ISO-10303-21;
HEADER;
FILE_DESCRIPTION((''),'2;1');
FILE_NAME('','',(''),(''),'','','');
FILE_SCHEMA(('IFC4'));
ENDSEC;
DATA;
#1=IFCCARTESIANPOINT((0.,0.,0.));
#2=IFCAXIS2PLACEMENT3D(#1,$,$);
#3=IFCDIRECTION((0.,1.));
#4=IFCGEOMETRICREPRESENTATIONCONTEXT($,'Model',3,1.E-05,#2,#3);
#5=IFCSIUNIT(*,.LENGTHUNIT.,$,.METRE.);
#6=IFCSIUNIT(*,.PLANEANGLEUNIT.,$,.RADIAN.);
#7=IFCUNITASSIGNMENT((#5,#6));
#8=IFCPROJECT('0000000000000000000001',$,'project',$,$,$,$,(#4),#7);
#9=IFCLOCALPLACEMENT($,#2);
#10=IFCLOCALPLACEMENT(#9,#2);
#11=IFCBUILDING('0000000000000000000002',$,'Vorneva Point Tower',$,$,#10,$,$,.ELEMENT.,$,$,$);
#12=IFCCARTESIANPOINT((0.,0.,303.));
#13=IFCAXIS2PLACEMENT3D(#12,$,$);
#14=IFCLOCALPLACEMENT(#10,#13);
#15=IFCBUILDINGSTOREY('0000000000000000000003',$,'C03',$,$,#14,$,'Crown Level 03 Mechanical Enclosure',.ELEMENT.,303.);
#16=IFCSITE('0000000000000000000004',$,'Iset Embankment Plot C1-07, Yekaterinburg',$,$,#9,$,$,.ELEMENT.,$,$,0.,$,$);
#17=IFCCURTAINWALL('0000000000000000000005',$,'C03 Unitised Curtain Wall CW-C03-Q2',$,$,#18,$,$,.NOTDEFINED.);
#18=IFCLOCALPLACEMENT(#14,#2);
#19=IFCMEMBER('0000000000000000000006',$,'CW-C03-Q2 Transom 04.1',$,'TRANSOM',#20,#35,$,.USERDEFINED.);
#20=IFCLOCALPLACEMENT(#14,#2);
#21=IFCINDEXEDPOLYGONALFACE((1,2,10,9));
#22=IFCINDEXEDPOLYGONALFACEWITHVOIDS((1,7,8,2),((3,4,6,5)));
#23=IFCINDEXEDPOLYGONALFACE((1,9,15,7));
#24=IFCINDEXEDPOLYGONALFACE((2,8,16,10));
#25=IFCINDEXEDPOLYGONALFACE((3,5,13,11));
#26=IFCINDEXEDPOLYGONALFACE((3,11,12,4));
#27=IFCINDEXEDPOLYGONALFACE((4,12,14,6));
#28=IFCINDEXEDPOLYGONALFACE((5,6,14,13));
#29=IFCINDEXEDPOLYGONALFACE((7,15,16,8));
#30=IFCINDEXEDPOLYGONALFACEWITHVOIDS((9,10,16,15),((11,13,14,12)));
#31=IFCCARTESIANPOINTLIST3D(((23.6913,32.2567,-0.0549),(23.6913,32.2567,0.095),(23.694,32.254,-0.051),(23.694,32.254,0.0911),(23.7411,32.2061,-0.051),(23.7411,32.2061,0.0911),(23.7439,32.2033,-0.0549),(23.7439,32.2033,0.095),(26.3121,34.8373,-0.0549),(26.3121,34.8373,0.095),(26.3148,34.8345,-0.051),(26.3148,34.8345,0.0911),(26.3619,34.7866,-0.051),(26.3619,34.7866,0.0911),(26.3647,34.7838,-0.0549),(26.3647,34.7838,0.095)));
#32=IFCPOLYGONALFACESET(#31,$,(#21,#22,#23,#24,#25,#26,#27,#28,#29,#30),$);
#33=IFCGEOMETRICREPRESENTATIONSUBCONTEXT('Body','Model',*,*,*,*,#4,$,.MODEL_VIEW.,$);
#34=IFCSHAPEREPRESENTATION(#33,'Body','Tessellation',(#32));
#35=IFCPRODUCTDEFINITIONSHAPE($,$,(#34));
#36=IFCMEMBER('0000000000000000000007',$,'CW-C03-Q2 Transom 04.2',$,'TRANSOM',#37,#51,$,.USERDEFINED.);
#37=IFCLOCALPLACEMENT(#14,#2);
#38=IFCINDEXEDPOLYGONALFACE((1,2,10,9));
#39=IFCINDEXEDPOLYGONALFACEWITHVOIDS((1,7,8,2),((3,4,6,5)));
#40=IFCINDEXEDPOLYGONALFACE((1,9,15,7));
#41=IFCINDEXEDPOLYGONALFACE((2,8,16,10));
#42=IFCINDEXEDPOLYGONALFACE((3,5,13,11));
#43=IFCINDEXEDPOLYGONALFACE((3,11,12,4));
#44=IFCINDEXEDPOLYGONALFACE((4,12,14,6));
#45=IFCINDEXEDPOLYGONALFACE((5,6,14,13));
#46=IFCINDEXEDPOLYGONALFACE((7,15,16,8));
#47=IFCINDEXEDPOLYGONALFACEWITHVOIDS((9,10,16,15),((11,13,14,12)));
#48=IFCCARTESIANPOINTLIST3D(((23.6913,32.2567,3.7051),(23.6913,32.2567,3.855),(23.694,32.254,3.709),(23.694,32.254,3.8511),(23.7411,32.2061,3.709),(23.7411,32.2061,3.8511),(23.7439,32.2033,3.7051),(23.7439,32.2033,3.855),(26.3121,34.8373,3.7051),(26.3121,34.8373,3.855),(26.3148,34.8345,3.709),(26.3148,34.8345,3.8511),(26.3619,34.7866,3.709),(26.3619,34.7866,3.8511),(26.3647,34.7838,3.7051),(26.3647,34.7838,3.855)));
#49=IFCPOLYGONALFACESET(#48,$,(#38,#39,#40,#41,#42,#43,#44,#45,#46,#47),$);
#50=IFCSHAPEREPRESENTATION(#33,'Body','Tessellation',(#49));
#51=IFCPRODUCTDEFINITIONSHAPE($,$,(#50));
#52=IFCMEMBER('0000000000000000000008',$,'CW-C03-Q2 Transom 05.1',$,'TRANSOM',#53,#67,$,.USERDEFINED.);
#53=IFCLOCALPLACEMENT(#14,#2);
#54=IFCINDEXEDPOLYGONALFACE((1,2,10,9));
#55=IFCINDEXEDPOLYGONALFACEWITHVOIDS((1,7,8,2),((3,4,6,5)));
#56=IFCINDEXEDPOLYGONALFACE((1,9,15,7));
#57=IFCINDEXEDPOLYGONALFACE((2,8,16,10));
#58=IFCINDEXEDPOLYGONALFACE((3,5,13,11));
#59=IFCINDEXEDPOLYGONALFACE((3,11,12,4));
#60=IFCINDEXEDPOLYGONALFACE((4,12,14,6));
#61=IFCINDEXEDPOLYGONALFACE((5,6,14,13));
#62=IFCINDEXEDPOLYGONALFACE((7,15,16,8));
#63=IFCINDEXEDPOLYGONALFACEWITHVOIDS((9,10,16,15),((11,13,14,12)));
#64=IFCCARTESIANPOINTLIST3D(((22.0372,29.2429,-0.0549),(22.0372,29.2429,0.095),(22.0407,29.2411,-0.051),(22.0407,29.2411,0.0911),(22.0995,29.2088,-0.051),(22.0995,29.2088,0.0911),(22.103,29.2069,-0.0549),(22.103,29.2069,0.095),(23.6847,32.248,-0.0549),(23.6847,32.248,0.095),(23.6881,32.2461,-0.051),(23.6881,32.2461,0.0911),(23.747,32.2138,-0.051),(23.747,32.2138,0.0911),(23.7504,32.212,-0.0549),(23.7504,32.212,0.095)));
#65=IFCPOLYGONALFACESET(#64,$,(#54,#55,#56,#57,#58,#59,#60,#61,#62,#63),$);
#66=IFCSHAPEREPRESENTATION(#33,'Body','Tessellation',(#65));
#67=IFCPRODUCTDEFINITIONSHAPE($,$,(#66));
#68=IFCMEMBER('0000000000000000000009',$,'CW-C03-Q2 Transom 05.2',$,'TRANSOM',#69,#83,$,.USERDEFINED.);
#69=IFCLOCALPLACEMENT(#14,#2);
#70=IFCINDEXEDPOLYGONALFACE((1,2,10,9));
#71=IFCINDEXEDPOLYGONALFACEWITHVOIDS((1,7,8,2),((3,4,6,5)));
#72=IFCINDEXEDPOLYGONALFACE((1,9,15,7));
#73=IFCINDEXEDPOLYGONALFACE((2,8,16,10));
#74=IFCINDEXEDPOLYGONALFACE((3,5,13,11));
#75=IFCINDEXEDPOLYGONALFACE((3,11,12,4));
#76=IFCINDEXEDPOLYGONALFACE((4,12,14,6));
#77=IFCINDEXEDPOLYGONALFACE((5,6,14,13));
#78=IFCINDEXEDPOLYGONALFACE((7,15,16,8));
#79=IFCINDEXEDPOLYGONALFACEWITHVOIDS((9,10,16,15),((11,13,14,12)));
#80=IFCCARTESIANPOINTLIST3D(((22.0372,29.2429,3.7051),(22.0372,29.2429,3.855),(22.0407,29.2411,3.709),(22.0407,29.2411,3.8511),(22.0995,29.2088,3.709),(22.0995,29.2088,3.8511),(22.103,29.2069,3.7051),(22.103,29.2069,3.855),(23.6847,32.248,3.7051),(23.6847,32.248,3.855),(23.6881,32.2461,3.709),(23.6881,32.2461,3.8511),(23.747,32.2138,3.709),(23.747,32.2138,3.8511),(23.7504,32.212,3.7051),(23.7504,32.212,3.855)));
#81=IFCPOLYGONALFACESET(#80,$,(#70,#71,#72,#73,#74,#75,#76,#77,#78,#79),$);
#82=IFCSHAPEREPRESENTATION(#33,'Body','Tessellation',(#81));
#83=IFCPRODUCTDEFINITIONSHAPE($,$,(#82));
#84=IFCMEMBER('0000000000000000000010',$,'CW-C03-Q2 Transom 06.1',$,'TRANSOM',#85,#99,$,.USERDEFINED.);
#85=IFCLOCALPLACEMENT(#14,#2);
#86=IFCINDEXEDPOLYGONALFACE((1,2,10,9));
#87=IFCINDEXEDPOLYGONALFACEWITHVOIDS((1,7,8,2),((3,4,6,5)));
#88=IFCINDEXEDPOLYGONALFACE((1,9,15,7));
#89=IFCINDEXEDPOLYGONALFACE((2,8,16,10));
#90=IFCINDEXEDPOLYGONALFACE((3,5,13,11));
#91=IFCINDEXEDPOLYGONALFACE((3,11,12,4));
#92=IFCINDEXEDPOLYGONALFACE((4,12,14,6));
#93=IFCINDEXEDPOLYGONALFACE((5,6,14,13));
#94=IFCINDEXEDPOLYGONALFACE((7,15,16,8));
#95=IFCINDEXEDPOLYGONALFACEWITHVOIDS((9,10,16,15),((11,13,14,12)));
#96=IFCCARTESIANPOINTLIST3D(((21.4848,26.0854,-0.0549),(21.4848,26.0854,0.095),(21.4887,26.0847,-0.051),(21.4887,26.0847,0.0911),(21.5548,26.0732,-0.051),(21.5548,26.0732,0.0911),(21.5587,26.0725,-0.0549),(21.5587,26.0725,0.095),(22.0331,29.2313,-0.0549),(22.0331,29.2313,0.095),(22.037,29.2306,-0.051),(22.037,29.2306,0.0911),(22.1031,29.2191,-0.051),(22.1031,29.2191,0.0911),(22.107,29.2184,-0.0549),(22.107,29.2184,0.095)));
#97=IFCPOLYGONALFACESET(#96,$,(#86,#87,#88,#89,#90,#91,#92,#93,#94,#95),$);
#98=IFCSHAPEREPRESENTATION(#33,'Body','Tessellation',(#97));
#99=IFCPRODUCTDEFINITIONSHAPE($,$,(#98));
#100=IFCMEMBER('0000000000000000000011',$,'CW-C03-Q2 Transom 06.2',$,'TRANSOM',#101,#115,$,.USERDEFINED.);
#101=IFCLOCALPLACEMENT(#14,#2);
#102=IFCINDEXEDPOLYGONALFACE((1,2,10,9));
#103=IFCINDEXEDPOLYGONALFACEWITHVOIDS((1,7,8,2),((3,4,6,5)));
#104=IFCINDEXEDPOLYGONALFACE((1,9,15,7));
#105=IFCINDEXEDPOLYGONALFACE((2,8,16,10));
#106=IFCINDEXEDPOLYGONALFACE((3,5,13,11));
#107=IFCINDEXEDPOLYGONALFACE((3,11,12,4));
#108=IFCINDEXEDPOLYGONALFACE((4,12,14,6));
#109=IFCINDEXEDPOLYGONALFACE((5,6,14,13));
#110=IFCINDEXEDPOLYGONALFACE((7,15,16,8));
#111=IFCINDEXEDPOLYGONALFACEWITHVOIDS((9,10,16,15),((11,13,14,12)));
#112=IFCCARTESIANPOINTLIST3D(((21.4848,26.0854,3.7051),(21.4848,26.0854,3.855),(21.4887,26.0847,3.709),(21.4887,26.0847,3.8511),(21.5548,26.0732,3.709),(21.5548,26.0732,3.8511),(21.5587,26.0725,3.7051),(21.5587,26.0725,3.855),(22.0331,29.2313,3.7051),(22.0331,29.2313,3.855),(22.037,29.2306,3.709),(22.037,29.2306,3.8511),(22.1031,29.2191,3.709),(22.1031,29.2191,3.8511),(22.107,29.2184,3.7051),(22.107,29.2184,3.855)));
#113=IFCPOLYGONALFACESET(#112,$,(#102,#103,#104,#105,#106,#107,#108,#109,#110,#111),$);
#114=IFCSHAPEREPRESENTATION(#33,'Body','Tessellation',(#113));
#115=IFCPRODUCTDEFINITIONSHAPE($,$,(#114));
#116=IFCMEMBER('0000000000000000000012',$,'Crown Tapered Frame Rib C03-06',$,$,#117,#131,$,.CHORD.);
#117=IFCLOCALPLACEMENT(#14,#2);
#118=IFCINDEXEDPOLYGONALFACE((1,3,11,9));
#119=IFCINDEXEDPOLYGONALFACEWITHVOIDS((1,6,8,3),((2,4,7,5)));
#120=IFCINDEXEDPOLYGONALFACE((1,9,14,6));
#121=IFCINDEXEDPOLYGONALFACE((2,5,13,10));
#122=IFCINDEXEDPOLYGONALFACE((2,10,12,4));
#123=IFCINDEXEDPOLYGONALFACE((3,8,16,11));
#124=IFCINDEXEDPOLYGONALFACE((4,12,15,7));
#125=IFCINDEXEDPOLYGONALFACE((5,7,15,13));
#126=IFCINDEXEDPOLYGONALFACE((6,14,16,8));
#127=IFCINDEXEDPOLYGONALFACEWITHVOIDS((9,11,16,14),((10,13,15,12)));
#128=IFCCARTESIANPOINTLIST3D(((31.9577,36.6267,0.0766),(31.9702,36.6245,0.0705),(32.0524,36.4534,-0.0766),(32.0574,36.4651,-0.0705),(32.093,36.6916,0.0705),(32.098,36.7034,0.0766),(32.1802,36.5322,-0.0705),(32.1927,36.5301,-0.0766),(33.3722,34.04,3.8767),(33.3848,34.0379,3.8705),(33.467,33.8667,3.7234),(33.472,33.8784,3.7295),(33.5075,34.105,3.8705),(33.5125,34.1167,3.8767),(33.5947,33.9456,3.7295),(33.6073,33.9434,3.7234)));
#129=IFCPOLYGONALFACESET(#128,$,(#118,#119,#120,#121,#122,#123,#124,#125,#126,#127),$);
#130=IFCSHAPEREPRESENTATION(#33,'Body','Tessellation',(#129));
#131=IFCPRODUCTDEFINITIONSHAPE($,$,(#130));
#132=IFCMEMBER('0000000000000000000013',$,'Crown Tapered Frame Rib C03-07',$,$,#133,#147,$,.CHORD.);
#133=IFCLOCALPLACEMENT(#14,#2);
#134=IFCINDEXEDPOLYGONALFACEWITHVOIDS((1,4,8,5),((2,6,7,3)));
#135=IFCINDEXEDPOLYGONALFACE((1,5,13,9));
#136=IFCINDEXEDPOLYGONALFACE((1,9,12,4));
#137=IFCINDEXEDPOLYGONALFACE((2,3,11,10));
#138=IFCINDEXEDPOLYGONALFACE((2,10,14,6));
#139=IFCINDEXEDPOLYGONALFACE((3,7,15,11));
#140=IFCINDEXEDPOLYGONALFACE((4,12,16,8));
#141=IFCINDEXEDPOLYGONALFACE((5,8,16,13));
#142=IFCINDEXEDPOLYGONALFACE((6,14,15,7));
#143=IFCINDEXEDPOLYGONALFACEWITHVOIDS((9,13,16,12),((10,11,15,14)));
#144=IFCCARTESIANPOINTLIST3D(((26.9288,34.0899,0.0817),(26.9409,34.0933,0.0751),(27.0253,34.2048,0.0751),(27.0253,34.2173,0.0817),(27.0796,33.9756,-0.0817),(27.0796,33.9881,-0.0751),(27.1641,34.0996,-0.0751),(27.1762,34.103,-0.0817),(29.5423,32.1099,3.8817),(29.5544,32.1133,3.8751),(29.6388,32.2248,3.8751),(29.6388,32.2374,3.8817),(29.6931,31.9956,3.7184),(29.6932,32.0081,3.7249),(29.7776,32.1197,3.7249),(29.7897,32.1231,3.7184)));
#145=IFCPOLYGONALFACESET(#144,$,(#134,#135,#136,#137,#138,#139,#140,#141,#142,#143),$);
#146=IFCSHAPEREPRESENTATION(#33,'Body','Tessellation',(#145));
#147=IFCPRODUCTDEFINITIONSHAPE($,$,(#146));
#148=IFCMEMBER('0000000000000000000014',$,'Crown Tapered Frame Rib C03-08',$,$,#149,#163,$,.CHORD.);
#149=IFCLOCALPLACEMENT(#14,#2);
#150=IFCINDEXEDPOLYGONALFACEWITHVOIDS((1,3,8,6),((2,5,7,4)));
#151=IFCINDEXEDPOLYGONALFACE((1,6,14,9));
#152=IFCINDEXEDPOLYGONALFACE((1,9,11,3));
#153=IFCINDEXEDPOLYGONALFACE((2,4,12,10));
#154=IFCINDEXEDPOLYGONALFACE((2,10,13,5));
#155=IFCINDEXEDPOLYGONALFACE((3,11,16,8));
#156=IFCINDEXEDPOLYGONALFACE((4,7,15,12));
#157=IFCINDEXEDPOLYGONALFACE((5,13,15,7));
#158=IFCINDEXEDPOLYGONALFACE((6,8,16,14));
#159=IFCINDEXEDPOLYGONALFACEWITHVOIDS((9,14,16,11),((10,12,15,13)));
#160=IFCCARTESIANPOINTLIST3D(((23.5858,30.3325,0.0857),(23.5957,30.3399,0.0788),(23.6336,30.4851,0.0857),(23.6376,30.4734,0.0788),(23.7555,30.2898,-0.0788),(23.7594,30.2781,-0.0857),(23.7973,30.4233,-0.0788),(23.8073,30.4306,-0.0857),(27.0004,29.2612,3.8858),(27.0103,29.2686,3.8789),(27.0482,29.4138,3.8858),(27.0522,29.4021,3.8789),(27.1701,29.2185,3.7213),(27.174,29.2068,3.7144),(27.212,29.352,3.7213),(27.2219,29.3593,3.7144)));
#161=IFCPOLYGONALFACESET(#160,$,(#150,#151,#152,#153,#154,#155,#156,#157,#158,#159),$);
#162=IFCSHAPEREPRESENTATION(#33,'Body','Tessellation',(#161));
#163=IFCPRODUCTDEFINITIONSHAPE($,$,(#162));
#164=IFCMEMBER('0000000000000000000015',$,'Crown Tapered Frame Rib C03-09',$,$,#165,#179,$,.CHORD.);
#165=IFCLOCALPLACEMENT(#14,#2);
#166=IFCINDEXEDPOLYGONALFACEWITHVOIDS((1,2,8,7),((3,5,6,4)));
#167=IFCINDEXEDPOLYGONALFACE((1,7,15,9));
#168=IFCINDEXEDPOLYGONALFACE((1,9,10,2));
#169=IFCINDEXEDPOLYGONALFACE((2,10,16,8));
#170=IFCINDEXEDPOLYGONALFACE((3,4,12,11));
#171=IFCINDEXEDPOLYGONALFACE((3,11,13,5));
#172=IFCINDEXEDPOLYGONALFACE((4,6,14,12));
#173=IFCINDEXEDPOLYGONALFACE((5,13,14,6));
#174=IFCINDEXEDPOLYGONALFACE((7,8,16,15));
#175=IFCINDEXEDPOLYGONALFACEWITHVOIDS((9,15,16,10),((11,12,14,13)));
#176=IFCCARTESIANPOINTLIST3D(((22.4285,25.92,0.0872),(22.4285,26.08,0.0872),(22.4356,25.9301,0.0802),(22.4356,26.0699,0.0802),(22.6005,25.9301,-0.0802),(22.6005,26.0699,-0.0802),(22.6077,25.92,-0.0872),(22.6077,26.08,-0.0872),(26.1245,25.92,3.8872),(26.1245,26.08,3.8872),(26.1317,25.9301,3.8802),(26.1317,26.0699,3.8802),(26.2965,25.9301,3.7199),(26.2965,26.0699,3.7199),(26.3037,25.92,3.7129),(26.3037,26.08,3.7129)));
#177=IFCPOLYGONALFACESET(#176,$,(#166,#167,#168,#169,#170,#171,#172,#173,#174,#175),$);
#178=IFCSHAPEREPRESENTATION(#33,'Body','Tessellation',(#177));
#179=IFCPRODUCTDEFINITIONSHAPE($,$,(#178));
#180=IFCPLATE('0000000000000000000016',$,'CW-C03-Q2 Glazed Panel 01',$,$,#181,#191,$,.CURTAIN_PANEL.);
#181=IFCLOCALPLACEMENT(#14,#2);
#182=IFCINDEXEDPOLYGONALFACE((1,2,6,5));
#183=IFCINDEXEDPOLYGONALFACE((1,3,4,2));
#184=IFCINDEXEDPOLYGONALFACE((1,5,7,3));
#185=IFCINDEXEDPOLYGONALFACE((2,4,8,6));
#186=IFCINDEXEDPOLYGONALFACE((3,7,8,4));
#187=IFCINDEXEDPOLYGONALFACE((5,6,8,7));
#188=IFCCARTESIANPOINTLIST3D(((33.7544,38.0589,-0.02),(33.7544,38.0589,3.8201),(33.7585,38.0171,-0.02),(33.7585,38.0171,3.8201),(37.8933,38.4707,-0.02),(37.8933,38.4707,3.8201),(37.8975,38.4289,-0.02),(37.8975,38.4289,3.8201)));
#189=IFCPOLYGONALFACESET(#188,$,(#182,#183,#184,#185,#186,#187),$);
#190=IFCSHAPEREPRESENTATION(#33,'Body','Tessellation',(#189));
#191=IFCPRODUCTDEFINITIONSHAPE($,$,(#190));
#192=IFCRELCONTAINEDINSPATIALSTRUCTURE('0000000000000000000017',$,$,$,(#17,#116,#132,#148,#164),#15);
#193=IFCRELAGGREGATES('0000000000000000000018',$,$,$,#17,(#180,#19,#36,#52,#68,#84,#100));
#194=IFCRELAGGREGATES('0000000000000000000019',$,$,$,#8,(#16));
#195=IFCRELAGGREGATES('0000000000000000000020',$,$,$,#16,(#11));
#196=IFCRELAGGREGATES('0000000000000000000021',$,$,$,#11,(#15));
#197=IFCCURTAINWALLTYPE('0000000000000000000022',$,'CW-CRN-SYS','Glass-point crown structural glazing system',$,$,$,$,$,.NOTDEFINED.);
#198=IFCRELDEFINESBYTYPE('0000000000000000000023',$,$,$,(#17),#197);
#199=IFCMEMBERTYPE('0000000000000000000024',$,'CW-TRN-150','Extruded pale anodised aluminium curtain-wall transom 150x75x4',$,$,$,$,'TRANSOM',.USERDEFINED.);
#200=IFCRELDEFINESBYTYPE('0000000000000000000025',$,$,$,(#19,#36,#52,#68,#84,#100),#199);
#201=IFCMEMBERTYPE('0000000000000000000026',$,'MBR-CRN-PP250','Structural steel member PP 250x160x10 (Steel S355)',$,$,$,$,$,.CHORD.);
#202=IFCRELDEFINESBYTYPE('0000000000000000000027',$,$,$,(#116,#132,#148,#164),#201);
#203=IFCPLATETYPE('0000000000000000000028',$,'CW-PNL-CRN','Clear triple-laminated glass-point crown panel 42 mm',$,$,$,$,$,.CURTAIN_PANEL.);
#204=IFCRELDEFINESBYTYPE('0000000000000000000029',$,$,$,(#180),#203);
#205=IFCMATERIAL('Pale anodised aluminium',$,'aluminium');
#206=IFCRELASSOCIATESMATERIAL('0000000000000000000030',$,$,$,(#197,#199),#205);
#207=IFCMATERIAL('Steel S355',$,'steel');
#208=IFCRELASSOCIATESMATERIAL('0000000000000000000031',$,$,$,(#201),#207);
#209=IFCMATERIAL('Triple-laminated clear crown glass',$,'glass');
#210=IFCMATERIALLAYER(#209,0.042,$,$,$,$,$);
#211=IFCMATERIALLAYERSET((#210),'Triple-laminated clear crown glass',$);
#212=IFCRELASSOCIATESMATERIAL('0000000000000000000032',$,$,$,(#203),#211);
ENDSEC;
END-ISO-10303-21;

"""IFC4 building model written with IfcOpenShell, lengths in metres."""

from ifc_helpers import new_model, si_unit, direction, frame, origin, origin_2d, place, context, subcontext, project, spatial, rectangle, hollow_rectangle, extrude, material, layer, layer_set, material_profile, profile_set, type_object, element, aggregate, save


model = new_model("IFC4")

# Units and contexts
model_context = context("Model", 3, precision=1e-05, world=origin(), true_north=direction((0.0, 1.0)))
body_context = subcontext(model_context, "Body", "Model", "MODEL_VIEW")
ifc_project = project(units=[si_unit("LENGTHUNIT", "METRE"), si_unit("PLANEANGLEUNIT", "RADIAN")], contexts=[model_context])

# Site, building, storey
site_placement = place(None, origin())
site = spatial("IfcSite", under=ifc_project, at=site_placement, Name="Iset Embankment Plot C1-07, Yekaterinburg", CompositionType="ELEMENT", RefElevation=0.0)
building_placement = place(site_placement, origin())
building = spatial("IfcBuilding", under=site, at=building_placement, Name="Vorneva Point Tower", CompositionType="ELEMENT")
storey_placement = place(building_placement, frame((0.0, 0.0, 303.0)))
storey = spatial("IfcBuildingStorey", under=building, at=storey_placement, Name="C03", LongName="Crown Level 03 Mechanical Enclosure", CompositionType="ELEMENT", Elevation=303.0)

# Shared definitions
ifc_material_1 = material(Name="Steel S355", Category="steel")

# Curtain wall, members
ifc_material_2 = material(Name="Pale anodised aluminium", Category="aluminium")
curtain_wall_type = type_object("IfcCurtainWallType", Name="CW-CRN-SYS", Description="Glass-point crown structural glazing system", PredefinedType="NOTDEFINED", material=ifc_material_2)
curtain_wall_placement = place(storey_placement, origin())
curtain_wall = element("IfcCurtainWall", 1, at=curtain_wall_placement, inside=storey, type_object=curtain_wall_type, Name="C03 Unitised Curtain Wall CW-C03-Q2", PredefinedType="NOTDEFINED")
ifc_material_profile_1 = material_profile(ifc_material_2, hollow_rectangle(XDim=0.075, YDim=0.1499, WallThickness=0.0039, at=origin_2d()), Name="AL-TRN 150x75x4")
ifc_profile_set_1 = profile_set([ifc_material_profile_1], Name="Pale anodised aluminium")
member_type_1 = type_object("IfcMemberType", Name="CW-TRN-150", Description="Extruded pale anodised aluminium curtain-wall transom 150x75x4", ElementType="TRANSOM", PredefinedType="USERDEFINED", material=ifc_profile_set_1)
member_1_placement = place(storey_placement, frame((26.3384, 34.8105, 0.02), z_axis=(-0.712562, -0.701609, 0.0), x_axis=(0.701609, -0.712562, 0.0)))
member_1 = element("IfcMember", 2, at=member_1_placement, type_object=member_type_1, Name="CW-C03-Q2 Transom 04.1", ObjectType="TRANSOM", PredefinedType="USERDEFINED", context=body_context, shape_type="SweptSolid", body=[
    extrude(hollow_rectangle(XDim=0.075, YDim=0.1499, WallThickness=0.0039, at=origin_2d()), origin(), (0.0, 0.0, 1.0), 3.678),
])
member_2_placement = place(storey_placement, frame((26.3384, 34.8105, 3.78), z_axis=(-0.712562, -0.701609, 0.0), x_axis=(0.701609, -0.712562, 0.0)))
member_2 = element("IfcMember", 3, at=member_2_placement, type_object=member_type_1, Name="CW-C03-Q2 Transom 04.2", ObjectType="TRANSOM", PredefinedType="USERDEFINED", context=body_context, shape_type="SweptSolid", body=[
    extrude(hollow_rectangle(XDim=0.075, YDim=0.1499, WallThickness=0.0039, at=origin_2d()), origin(), (0.0, 0.0, 1.0), 3.678),
])
member_3_placement = place(storey_placement, frame((23.7175, 32.23, 0.02), z_axis=(-0.480718, -0.876875, 0.0), x_axis=(0.876875, -0.480718, 0.0)))
member_3 = element("IfcMember", 4, at=member_3_placement, type_object=member_type_1, Name="CW-C03-Q2 Transom 05.1", ObjectType="TRANSOM", PredefinedType="USERDEFINED", context=body_context, shape_type="SweptSolid", body=[
    extrude(hollow_rectangle(XDim=0.075, YDim=0.1499, WallThickness=0.0039, at=origin_2d()), origin(), (0.0, 0.0, 1.0), 3.427),
])
member_4_placement = place(storey_placement, frame((23.7175, 32.23, 3.78), z_axis=(-0.480718, -0.876875, 0.0), x_axis=(0.876875, -0.480718, 0.0)))
member_4 = element("IfcMember", 5, at=member_4_placement, type_object=member_type_1, Name="CW-C03-Q2 Transom 05.2", ObjectType="TRANSOM", PredefinedType="USERDEFINED", context=body_context, shape_type="SweptSolid", body=[
    extrude(hollow_rectangle(XDim=0.075, YDim=0.1499, WallThickness=0.0039, at=origin_2d()), origin(), (0.0, 0.0, 1.0), 3.427),
])
member_5_placement = place(storey_placement, frame((22.0701, 29.2249, 0.02), z_axis=(-0.171709, -0.985148, 0.0), x_axis=(0.985148, -0.171709, 0.0)))
member_5 = element("IfcMember", 6, at=member_5_placement, type_object=member_type_1, Name="CW-C03-Q2 Transom 06.1", ObjectType="TRANSOM", PredefinedType="USERDEFINED", context=body_context, shape_type="SweptSolid", body=[
    extrude(hollow_rectangle(XDim=0.075, YDim=0.1499, WallThickness=0.0039, at=origin_2d()), origin(), (0.0, 0.0, 1.0), 3.1934),
])
member_6_placement = place(storey_placement, frame((22.0701, 29.2249, 3.78), z_axis=(-0.171709, -0.985148, 0.0), x_axis=(0.985148, -0.171709, 0.0)))
member_6 = element("IfcMember", 7, at=member_6_placement, type_object=member_type_1, Name="CW-C03-Q2 Transom 06.2", ObjectType="TRANSOM", PredefinedType="USERDEFINED", context=body_context, shape_type="SweptSolid", body=[
    extrude(hollow_rectangle(XDim=0.075, YDim=0.1499, WallThickness=0.0039, at=origin_2d()), origin(), (0.0, 0.0, 1.0), 3.1934),
])

# Members
ifc_material_profile_2 = material_profile(ifc_material_1, hollow_rectangle(XDim=0.1599, YDim=0.25, WallThickness=0.01, at=origin_2d()), Name="PP 250x160x10")
ifc_profile_set_2 = profile_set([ifc_material_profile_2], Name="Steel S355")
member_type_2 = type_object("IfcMemberType", Name="MBR-CRN-PP250", Description="Structural steel member PP 250x160x10 (Steel S355)", PredefinedType="CHORD", material=ifc_profile_set_2)
member_7_placement = place(storey_placement, frame((32.0752, 36.5784, 0.0), z_axis=(0.29411, -0.537815, 0.790098), x_axis=(0.877376, 0.479803, 0.0)))
element("IfcMember", 8, at=member_7_placement, inside=storey, type_object=member_type_2, Name="Crown Tapered Frame Rib C03-06", PredefinedType="CHORD", context=body_context, shape_type="SweptSolid", body=[
    extrude(hollow_rectangle(XDim=0.1599, YDim=0.25, WallThickness=0.01, at=origin_2d()), origin(), (0.0, 0.0, 1.0), 4.8096),
])
member_8_placement = place(storey_placement, frame((27.0525, 34.0964, 0.0), z_axis=(0.520718, -0.39449, 0.75712), x_axis=(0.603865, 0.797087, 0.0)))
element("IfcMember", 9, at=member_8_placement, inside=storey, type_object=member_type_2, Name="Crown Tapered Frame Rib C03-07", PredefinedType="CHORD", context=body_context, shape_type="SweptSolid", body=[
    extrude(hollow_rectangle(XDim=0.1599, YDim=0.25, WallThickness=0.01, at=origin_2d()), origin(), (0.0, 0.0, 1.0), 5.019),
])
member_9_placement = place(storey_placement, frame((23.6965, 30.3816, 0.0), z_axis=(0.654143, -0.205232, 0.727995), x_axis=(0.299355, 0.954142, 0.0)))
element("IfcMember", 10, at=member_9_placement, inside=storey, type_object=member_type_2, Name="Crown Tapered Frame Rib C03-08", PredefinedType="CHORD", context=body_context, shape_type="SweptSolid", body=[
    extrude(hollow_rectangle(XDim=0.1599, YDim=0.25, WallThickness=0.01, at=origin_2d()), origin(), (0.0, 0.0, 1.0), 5.22),
])
member_10_placement = place(storey_placement, frame((22.5181, 26.0, 0.0), z_axis=(0.697229, 0.0, 0.716848), x_axis=(0.0, 1.0, 0.0)))
element("IfcMember", 11, at=member_10_placement, inside=storey, type_object=member_type_2, Name="Crown Tapered Frame Rib C03-09", PredefinedType="CHORD", context=body_context, shape_type="SweptSolid", body=[
    extrude(hollow_rectangle(XDim=0.1599, YDim=0.25, WallThickness=0.01, at=origin_2d()), origin(), (0.0, 0.0, 1.0), 5.301),
])

# Plate
ifc_material_3 = material(Name="Triple-laminated clear crown glass", Category="glass")
ifc_layer = layer(ifc_material_3, 0.042)
ifc_layer_set = layer_set([ifc_layer], Name="Triple-laminated clear crown glass")
plate_type = type_object("IfcPlateType", Name="CW-PNL-CRN", Description="Clear triple-laminated glass-point crown panel 42 mm", PredefinedType="CURTAIN_PANEL", material=ifc_layer_set)
plate_1_placement = place(storey_placement, frame((35.8259, 38.2439, -0.02), z_axis=(0.0, 0.0, 1.0), x_axis=(-0.995088, -0.09899, 0.0)))
plate_1 = element("IfcPlate", 12, at=plate_1_placement, type_object=plate_type, Name="CW-C03-Q2 Glazed Panel 01", PredefinedType="CURTAIN_PANEL", context=body_context, shape_type="SweptSolid", body=[
    extrude(rectangle(XDim=4.1594, YDim=0.042, at=origin_2d()), origin(), (0.0, 0.0, 1.0), 3.8401),
])
aggregate(curtain_wall, [plate_1, member_1, member_2, member_3, member_4, member_5, member_6])

save(model, "model.ifc")
